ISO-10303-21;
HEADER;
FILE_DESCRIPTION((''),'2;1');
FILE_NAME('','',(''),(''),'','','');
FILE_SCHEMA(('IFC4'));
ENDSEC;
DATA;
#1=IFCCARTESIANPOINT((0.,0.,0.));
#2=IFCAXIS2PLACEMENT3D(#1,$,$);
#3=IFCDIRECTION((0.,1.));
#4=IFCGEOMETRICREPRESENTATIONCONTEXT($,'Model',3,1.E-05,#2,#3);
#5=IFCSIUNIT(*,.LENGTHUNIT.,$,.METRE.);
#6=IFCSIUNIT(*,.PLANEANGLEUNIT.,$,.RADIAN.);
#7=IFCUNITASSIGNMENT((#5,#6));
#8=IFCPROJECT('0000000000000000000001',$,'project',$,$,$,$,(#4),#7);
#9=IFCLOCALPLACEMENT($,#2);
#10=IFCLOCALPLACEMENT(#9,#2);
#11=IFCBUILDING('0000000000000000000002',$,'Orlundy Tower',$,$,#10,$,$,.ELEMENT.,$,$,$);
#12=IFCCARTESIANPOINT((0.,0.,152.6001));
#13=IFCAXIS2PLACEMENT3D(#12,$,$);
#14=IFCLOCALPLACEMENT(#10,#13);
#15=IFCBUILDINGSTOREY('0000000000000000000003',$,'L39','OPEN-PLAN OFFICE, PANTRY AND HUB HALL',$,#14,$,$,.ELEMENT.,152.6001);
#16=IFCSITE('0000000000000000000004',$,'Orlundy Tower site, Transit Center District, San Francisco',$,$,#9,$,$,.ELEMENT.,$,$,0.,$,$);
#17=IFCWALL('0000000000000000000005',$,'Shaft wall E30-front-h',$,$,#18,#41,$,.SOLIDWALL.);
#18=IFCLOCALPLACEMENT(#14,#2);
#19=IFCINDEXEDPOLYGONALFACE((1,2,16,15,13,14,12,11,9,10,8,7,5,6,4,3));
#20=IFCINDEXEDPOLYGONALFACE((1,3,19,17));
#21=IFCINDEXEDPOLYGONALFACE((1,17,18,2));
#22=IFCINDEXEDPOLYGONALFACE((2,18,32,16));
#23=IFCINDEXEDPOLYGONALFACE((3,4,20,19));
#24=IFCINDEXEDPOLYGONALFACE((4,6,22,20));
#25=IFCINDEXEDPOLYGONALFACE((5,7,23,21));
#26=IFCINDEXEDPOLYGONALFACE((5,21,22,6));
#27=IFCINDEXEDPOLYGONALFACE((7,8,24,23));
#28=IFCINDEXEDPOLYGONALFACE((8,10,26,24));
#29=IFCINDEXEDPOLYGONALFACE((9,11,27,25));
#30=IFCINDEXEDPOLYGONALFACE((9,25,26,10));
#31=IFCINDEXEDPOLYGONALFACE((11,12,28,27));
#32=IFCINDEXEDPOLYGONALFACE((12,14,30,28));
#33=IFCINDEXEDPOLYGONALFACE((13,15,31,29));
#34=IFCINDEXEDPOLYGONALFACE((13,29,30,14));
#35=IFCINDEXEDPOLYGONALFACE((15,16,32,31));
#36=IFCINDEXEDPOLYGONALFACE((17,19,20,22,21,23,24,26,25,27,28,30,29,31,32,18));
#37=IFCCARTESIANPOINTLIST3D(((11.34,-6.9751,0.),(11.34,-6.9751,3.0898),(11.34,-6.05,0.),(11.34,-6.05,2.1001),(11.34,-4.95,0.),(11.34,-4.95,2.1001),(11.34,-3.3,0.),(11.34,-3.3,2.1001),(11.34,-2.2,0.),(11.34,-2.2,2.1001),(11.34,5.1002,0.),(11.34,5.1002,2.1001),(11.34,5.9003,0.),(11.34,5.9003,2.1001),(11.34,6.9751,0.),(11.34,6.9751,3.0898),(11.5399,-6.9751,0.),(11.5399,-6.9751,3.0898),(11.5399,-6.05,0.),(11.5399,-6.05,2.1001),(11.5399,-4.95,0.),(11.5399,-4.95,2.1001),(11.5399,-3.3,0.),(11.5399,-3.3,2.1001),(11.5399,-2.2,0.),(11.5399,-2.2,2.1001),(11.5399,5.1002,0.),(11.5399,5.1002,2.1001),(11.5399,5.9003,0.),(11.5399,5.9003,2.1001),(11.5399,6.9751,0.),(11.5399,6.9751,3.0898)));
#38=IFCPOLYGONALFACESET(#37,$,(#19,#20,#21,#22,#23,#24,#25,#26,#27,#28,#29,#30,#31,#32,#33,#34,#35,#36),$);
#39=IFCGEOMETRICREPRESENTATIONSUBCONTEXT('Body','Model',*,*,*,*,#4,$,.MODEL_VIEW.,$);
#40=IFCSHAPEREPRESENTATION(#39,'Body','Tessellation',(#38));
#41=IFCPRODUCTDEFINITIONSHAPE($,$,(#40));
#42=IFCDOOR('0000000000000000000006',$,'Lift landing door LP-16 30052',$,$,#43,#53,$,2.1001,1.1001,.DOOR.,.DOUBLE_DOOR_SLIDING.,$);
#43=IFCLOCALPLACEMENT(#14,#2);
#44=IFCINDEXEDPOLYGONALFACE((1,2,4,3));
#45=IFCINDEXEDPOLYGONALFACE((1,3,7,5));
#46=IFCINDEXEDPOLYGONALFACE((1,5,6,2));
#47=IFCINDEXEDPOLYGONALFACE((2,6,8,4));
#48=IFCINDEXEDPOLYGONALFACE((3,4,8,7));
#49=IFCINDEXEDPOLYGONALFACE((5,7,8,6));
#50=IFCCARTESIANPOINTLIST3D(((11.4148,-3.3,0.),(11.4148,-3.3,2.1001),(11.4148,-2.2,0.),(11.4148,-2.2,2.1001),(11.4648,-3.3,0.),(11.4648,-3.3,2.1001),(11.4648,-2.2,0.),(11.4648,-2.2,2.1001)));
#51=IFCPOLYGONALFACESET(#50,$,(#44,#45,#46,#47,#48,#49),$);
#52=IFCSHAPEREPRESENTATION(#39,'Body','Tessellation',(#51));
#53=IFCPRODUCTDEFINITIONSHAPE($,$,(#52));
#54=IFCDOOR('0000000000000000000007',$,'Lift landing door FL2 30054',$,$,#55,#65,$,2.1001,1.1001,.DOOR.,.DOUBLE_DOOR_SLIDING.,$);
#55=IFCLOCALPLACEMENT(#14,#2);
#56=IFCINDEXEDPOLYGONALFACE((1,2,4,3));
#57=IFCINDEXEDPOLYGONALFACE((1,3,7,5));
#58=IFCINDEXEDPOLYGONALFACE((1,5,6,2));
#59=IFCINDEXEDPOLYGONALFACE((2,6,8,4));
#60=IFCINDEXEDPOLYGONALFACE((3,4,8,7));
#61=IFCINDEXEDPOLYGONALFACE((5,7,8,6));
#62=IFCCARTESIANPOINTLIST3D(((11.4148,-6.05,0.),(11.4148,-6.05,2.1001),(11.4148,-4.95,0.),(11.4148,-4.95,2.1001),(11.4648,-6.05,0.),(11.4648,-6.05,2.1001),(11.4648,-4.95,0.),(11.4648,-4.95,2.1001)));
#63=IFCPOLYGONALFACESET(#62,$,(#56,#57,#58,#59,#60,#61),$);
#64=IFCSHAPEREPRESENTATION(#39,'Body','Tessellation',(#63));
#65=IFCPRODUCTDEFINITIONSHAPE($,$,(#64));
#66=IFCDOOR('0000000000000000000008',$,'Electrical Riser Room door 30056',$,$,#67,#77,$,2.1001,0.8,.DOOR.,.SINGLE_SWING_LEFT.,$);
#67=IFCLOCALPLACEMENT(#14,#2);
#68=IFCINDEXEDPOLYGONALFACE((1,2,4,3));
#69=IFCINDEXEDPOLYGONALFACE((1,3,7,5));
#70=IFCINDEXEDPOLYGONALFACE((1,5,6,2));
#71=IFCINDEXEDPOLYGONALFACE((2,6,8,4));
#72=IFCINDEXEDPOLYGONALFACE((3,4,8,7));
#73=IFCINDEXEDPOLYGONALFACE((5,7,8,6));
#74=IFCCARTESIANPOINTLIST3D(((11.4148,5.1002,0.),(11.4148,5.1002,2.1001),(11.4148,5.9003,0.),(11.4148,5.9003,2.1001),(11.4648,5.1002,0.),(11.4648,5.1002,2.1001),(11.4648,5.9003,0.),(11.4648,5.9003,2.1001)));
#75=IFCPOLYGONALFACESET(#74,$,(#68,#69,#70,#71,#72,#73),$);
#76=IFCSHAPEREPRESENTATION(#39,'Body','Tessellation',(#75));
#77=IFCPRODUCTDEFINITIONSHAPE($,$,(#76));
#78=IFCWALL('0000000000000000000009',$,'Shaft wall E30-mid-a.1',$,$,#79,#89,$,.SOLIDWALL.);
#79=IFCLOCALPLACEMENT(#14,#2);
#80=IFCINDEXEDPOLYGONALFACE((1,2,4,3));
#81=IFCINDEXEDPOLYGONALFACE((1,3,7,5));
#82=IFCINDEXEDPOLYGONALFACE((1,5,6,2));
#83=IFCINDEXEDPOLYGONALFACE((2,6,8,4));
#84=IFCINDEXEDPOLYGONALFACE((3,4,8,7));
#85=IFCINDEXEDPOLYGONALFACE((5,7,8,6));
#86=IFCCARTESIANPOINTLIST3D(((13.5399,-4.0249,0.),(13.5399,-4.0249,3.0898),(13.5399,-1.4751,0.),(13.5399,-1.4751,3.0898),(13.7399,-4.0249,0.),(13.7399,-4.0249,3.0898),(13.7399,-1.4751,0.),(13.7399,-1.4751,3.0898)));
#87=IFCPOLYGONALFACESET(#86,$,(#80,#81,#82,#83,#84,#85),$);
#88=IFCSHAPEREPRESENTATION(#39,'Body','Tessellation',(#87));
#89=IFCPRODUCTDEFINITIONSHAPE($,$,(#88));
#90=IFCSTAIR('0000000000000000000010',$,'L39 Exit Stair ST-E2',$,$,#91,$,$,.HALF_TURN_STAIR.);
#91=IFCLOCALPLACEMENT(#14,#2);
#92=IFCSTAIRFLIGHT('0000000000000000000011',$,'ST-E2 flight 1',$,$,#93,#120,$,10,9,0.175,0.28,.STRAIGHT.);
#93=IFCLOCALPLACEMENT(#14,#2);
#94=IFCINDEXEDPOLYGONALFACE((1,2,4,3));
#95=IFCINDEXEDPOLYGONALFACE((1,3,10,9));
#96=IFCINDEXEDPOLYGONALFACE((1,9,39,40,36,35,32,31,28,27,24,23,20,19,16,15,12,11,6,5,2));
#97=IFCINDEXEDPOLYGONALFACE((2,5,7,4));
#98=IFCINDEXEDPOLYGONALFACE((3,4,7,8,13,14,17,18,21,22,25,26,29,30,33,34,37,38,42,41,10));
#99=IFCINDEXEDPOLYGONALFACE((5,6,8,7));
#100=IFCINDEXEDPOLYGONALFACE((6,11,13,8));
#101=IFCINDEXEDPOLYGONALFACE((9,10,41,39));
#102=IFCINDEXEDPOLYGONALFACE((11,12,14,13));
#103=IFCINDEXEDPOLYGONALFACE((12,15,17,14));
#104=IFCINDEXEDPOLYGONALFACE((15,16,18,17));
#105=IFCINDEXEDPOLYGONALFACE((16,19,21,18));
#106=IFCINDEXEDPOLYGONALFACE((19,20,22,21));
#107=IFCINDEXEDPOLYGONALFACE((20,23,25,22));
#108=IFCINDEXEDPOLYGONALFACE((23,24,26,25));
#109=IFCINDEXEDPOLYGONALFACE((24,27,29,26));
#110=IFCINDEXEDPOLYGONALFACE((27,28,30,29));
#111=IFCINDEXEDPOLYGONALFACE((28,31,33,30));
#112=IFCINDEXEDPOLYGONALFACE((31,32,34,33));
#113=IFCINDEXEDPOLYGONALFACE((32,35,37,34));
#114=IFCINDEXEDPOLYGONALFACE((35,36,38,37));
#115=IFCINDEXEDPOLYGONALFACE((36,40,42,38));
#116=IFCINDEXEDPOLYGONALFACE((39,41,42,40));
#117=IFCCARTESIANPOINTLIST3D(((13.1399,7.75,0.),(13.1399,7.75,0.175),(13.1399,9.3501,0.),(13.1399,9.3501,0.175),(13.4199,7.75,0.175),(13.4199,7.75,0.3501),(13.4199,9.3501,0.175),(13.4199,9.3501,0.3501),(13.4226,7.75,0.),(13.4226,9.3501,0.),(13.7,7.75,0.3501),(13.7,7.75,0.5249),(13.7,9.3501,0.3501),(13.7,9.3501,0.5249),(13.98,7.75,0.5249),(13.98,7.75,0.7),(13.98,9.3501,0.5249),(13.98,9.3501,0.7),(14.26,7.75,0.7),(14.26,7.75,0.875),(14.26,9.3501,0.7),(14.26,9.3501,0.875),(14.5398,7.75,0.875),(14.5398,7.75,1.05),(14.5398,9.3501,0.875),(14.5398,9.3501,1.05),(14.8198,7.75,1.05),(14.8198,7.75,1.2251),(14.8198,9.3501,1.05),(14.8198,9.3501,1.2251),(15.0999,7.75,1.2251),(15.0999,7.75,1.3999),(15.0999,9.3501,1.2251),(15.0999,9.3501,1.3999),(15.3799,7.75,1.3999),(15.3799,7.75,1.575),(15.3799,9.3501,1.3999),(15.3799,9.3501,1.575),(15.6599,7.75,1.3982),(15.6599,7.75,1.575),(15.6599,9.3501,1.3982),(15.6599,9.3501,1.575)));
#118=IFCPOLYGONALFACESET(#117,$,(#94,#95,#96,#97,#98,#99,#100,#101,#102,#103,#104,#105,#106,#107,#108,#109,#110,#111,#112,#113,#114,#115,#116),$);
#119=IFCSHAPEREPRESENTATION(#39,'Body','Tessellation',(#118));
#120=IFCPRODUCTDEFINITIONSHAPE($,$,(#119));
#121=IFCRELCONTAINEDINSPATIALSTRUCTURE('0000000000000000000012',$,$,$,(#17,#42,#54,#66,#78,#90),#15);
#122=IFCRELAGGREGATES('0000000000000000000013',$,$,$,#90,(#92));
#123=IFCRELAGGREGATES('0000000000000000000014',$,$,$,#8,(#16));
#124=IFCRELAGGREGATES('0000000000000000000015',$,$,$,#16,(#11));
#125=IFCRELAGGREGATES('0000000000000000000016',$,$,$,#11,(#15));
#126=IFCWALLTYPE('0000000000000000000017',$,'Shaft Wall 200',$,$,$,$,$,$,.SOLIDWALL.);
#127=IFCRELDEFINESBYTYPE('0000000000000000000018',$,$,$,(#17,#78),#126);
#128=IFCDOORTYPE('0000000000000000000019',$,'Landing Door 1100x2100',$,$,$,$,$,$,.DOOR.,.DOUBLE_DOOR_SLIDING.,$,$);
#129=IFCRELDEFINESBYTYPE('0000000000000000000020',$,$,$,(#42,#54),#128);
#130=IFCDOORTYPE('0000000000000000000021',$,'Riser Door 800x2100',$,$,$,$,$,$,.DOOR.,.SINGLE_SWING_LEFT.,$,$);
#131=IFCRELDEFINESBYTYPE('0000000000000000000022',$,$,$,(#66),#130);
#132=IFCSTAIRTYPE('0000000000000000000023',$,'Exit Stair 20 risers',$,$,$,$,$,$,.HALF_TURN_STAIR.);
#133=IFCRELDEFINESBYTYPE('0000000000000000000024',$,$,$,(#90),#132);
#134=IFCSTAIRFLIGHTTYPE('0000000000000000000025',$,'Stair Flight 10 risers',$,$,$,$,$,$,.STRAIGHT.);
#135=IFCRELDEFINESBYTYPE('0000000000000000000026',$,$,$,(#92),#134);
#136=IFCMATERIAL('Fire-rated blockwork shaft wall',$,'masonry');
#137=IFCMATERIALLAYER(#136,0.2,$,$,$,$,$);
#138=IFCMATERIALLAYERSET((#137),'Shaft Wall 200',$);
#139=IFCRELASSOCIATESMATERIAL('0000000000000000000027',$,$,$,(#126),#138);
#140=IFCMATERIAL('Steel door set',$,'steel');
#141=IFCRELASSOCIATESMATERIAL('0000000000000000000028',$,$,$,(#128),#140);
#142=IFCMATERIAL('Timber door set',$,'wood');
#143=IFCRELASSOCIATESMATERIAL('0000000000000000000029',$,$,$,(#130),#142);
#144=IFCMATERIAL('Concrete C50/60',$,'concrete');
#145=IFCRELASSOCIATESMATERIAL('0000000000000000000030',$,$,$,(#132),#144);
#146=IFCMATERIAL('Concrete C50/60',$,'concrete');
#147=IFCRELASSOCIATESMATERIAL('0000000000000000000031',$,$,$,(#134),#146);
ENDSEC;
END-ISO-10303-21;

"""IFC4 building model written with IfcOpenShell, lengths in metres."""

from ifc_helpers import new_model, si_unit, direction, frame, frame_2d, origin, place, context, subcontext, project, spatial, polyline, rectangle, outline, extrude, material, layer, layer_set, type_object, element, fill, aggregate, save


model = new_model("IFC4")

# Units and contexts
model_context = context("Model", 3, precision=1e-05, world=origin(), true_north=direction((0.0, 1.0)))
body_context = subcontext(model_context, "Body", "Model", "MODEL_VIEW")
ifc_project = project(units=[si_unit("LENGTHUNIT", "METRE"), si_unit("PLANEANGLEUNIT", "RADIAN")], contexts=[model_context])

# Site, building, storey
site_placement = place(None, origin())
site = spatial("IfcSite", under=ifc_project, at=site_placement, Name="Orlundy Tower site, Transit Center District, San Francisco", CompositionType="ELEMENT", RefElevation=0.0)
building_placement = place(site_placement, origin())
building = spatial("IfcBuilding", under=site, at=building_placement, Name="Orlundy Tower", CompositionType="ELEMENT")
storey_placement = place(building_placement, frame((0.0, 0.0, 152.6001)))
storey = spatial("IfcBuildingStorey", under=building, at=storey_placement, Name="L39", Description="OPEN-PLAN OFFICE, PANTRY AND HUB HALL", CompositionType="ELEMENT", Elevation=152.6001)

# Shared definitions
ifc_material_1 = material(Name="Fire-rated blockwork shaft wall", Category="masonry")
ifc_layer_1 = layer(ifc_material_1, 0.2)
ifc_layer_set_1 = layer_set([ifc_layer_1], Name="Shaft Wall 200")
wall_type_1 = type_object("IfcWallType", Name="Shaft Wall 200", PredefinedType="SOLIDWALL", material=ifc_layer_set_1)

# Wall, openings, doors
wall_1_placement = place(storey_placement, frame((11.4399, 6.9751, 0.0), z_axis=(0.0, 0.0, 1.0), x_axis=(0.0, -1.0, 0.0)))
wall_1 = element("IfcWall", 1, at=wall_1_placement, inside=storey, type_object=wall_type_1, Name="Shaft wall E30-front-h", PredefinedType="SOLIDWALL", context=body_context, shape_type="SweptSolid", body=[
    extrude(rectangle(XDim=13.9502, YDim=0.2, at=frame_2d((6.9751, 0.0))), origin(), (0.0, 0.0, 1.0), 3.0898),
])
opening_1_placement = place(wall_1_placement, frame((9.175, 0.0, 0.0)))
opening_1 = element("IfcOpeningElement", 2, at=opening_1_placement, cuts=wall_1, PredefinedType="OPENING", context=body_context, shape_type="SweptSolid", body=[
    extrude(rectangle(XDim=1.1001, YDim=2.1001, at=frame_2d((0.55, 1.05))), frame((0.0, 0.1101, 0.0), z_axis=(0.0, -1.0, 0.0), x_axis=(1.0, 0.0, 0.0)), (0.0, 0.0, 1.0), 0.2202),
])
opening_2_placement = place(wall_1_placement, frame((11.925, 0.0, 0.0)))
opening_2 = element("IfcOpeningElement", 3, at=opening_2_placement, cuts=wall_1, PredefinedType="OPENING", context=body_context, shape_type="SweptSolid", body=[
    extrude(rectangle(XDim=1.1001, YDim=2.1001, at=frame_2d((0.55, 1.05))), frame((0.0, 0.1101, 0.0), z_axis=(0.0, -1.0, 0.0), x_axis=(1.0, 0.0, 0.0)), (0.0, 0.0, 1.0), 0.2202),
])
opening_3_placement = place(wall_1_placement, frame((1.075, 0.0, 0.0)))
opening_3 = element("IfcOpeningElement", 4, at=opening_3_placement, cuts=wall_1, PredefinedType="OPENING", context=body_context, shape_type="SweptSolid", body=[
    extrude(rectangle(XDim=0.8, YDim=2.1001, at=frame_2d((0.3999, 1.05))), frame((0.0, 0.1101, 0.0), z_axis=(0.0, -1.0, 0.0), x_axis=(1.0, 0.0, 0.0)), (0.0, 0.0, 1.0), 0.2202),
])
ifc_material_2 = material(Name="Steel door set", Category="steel")
door_type_1 = type_object("IfcDoorType", Name="Landing Door 1100x2100", OperationType="DOUBLE_DOOR_SLIDING", PredefinedType="DOOR", material=ifc_material_2)
door_1_placement = place(opening_1_placement, origin())
door_1 = element("IfcDoor", 5, at=door_1_placement, inside=storey, type_object=door_type_1, Name="Lift landing door LP-16 30052", OperationType="DOUBLE_DOOR_SLIDING", OverallHeight=2.1001, OverallWidth=1.1001, PredefinedType="DOOR", context=body_context, shape_type="SweptSolid", body=[
    extrude(rectangle(XDim=1.1001, YDim=2.1001, at=frame_2d((0.55, 1.05))), frame((0.0, 0.0249, 0.0), z_axis=(0.0, -1.0, 0.0), x_axis=(1.0, 0.0, 0.0)), (0.0, 0.0, 1.0), 0.05),
])
fill(opening_1, door_1)
door_2_placement = place(opening_2_placement, origin())
door_2 = element("IfcDoor", 6, at=door_2_placement, inside=storey, type_object=door_type_1, Name="Lift landing door FL2 30054", OperationType="DOUBLE_DOOR_SLIDING", OverallHeight=2.1001, OverallWidth=1.1001, PredefinedType="DOOR", context=body_context, shape_type="SweptSolid", body=[
    extrude(rectangle(XDim=1.1001, YDim=2.1001, at=frame_2d((0.55, 1.05))), frame((0.0, 0.0249, 0.0), z_axis=(0.0, -1.0, 0.0), x_axis=(1.0, 0.0, 0.0)), (0.0, 0.0, 1.0), 0.05),
])
fill(opening_2, door_2)
ifc_material_3 = material(Name="Timber door set", Category="wood")
door_type_2 = type_object("IfcDoorType", Name="Riser Door 800x2100", OperationType="SINGLE_SWING_LEFT", PredefinedType="DOOR", material=ifc_material_3)
door_3_placement = place(opening_3_placement, origin())
door_3 = element("IfcDoor", 7, at=door_3_placement, inside=storey, type_object=door_type_2, Name="Electrical Riser Room door 30056", OperationType="SINGLE_SWING_LEFT", OverallHeight=2.1001, OverallWidth=0.8, PredefinedType="DOOR", context=body_context, shape_type="SweptSolid", body=[
    extrude(rectangle(XDim=0.8, YDim=2.1001, at=frame_2d((0.3999, 1.05))), frame((0.0, 0.0249, 0.0), z_axis=(0.0, -1.0, 0.0), x_axis=(1.0, 0.0, 0.0)), (0.0, 0.0, 1.0), 0.05),
])
fill(opening_3, door_3)

# Wall
wall_2_placement = place(storey_placement, frame((13.6399, -1.4751, 0.0), z_axis=(0.0, 0.0, 1.0), x_axis=(0.0, -1.0, 0.0)))
element("IfcWall", 8, at=wall_2_placement, inside=storey, type_object=wall_type_1, Name="Shaft wall E30-mid-a.1", PredefinedType="SOLIDWALL", context=body_context, shape_type="SweptSolid", body=[
    extrude(rectangle(XDim=2.5498, YDim=0.2, at=frame_2d((1.2749, 0.0))), origin(), (0.0, 0.0, 1.0), 3.0898),
])

# Stair, stair flight
ifc_material_4 = material(Name="Concrete C50/60", Category="concrete")
stair_type = type_object("IfcStairType", Name="Exit Stair 20 risers", PredefinedType="HALF_TURN_STAIR", material=ifc_material_4)
stair_placement = place(storey_placement, origin())
stair = element("IfcStair", 9, at=stair_placement, inside=storey, type_object=stair_type, Name="L39 Exit Stair ST-E2", PredefinedType="HALF_TURN_STAIR")
ifc_material_5 = material(Name="Concrete C50/60", Category="concrete")
stair_flight_type = type_object("IfcStairFlightType", Name="Stair Flight 10 risers", PredefinedType="STRAIGHT", material=ifc_material_5)
stair_flight_placement = place(storey_placement, frame((13.1399, 8.55, 0.0), z_axis=(0.0, 0.0, 1.0), x_axis=(1.0, 0.0, 0.0)))
stair_flight = element("IfcStairFlight", 10, at=stair_flight_placement, type_object=stair_flight_type, Name="ST-E2 flight 1", NumberOfRisers=10, NumberOfTreads=9, PredefinedType="STRAIGHT", RiserHeight=0.175, TreadLength=0.28, context=body_context, shape_type="SweptSolid", body=[
    extrude(outline(polyline([(0.0, 0.0), (0.0, 0.175), (0.28, 0.175), (0.28, 0.3501), (0.5601, 0.3501), (0.5601, 0.5249), (0.8401, 0.5249), (0.8401, 0.7), (1.1201, 0.7), (1.1201, 0.875), (1.3999, 0.875), (1.3999, 1.05), (1.6799, 1.05), (1.6799, 1.2251), (1.96, 1.2251), (1.96, 1.3999), (2.24, 1.3999), (2.24, 1.575), (2.52, 1.575), (2.52, 1.75), (2.52, 1.3982), (0.2827, 0.0), (0.0, 0.0)])), frame((0.0, 0.8, 0.0), z_axis=(0.0, -1.0, 0.0), x_axis=(1.0, 0.0, 0.0)), (0.0, 0.0, 1.0), 1.6001),
])
aggregate(stair, [stair_flight])

save(model, "model.ifc")
